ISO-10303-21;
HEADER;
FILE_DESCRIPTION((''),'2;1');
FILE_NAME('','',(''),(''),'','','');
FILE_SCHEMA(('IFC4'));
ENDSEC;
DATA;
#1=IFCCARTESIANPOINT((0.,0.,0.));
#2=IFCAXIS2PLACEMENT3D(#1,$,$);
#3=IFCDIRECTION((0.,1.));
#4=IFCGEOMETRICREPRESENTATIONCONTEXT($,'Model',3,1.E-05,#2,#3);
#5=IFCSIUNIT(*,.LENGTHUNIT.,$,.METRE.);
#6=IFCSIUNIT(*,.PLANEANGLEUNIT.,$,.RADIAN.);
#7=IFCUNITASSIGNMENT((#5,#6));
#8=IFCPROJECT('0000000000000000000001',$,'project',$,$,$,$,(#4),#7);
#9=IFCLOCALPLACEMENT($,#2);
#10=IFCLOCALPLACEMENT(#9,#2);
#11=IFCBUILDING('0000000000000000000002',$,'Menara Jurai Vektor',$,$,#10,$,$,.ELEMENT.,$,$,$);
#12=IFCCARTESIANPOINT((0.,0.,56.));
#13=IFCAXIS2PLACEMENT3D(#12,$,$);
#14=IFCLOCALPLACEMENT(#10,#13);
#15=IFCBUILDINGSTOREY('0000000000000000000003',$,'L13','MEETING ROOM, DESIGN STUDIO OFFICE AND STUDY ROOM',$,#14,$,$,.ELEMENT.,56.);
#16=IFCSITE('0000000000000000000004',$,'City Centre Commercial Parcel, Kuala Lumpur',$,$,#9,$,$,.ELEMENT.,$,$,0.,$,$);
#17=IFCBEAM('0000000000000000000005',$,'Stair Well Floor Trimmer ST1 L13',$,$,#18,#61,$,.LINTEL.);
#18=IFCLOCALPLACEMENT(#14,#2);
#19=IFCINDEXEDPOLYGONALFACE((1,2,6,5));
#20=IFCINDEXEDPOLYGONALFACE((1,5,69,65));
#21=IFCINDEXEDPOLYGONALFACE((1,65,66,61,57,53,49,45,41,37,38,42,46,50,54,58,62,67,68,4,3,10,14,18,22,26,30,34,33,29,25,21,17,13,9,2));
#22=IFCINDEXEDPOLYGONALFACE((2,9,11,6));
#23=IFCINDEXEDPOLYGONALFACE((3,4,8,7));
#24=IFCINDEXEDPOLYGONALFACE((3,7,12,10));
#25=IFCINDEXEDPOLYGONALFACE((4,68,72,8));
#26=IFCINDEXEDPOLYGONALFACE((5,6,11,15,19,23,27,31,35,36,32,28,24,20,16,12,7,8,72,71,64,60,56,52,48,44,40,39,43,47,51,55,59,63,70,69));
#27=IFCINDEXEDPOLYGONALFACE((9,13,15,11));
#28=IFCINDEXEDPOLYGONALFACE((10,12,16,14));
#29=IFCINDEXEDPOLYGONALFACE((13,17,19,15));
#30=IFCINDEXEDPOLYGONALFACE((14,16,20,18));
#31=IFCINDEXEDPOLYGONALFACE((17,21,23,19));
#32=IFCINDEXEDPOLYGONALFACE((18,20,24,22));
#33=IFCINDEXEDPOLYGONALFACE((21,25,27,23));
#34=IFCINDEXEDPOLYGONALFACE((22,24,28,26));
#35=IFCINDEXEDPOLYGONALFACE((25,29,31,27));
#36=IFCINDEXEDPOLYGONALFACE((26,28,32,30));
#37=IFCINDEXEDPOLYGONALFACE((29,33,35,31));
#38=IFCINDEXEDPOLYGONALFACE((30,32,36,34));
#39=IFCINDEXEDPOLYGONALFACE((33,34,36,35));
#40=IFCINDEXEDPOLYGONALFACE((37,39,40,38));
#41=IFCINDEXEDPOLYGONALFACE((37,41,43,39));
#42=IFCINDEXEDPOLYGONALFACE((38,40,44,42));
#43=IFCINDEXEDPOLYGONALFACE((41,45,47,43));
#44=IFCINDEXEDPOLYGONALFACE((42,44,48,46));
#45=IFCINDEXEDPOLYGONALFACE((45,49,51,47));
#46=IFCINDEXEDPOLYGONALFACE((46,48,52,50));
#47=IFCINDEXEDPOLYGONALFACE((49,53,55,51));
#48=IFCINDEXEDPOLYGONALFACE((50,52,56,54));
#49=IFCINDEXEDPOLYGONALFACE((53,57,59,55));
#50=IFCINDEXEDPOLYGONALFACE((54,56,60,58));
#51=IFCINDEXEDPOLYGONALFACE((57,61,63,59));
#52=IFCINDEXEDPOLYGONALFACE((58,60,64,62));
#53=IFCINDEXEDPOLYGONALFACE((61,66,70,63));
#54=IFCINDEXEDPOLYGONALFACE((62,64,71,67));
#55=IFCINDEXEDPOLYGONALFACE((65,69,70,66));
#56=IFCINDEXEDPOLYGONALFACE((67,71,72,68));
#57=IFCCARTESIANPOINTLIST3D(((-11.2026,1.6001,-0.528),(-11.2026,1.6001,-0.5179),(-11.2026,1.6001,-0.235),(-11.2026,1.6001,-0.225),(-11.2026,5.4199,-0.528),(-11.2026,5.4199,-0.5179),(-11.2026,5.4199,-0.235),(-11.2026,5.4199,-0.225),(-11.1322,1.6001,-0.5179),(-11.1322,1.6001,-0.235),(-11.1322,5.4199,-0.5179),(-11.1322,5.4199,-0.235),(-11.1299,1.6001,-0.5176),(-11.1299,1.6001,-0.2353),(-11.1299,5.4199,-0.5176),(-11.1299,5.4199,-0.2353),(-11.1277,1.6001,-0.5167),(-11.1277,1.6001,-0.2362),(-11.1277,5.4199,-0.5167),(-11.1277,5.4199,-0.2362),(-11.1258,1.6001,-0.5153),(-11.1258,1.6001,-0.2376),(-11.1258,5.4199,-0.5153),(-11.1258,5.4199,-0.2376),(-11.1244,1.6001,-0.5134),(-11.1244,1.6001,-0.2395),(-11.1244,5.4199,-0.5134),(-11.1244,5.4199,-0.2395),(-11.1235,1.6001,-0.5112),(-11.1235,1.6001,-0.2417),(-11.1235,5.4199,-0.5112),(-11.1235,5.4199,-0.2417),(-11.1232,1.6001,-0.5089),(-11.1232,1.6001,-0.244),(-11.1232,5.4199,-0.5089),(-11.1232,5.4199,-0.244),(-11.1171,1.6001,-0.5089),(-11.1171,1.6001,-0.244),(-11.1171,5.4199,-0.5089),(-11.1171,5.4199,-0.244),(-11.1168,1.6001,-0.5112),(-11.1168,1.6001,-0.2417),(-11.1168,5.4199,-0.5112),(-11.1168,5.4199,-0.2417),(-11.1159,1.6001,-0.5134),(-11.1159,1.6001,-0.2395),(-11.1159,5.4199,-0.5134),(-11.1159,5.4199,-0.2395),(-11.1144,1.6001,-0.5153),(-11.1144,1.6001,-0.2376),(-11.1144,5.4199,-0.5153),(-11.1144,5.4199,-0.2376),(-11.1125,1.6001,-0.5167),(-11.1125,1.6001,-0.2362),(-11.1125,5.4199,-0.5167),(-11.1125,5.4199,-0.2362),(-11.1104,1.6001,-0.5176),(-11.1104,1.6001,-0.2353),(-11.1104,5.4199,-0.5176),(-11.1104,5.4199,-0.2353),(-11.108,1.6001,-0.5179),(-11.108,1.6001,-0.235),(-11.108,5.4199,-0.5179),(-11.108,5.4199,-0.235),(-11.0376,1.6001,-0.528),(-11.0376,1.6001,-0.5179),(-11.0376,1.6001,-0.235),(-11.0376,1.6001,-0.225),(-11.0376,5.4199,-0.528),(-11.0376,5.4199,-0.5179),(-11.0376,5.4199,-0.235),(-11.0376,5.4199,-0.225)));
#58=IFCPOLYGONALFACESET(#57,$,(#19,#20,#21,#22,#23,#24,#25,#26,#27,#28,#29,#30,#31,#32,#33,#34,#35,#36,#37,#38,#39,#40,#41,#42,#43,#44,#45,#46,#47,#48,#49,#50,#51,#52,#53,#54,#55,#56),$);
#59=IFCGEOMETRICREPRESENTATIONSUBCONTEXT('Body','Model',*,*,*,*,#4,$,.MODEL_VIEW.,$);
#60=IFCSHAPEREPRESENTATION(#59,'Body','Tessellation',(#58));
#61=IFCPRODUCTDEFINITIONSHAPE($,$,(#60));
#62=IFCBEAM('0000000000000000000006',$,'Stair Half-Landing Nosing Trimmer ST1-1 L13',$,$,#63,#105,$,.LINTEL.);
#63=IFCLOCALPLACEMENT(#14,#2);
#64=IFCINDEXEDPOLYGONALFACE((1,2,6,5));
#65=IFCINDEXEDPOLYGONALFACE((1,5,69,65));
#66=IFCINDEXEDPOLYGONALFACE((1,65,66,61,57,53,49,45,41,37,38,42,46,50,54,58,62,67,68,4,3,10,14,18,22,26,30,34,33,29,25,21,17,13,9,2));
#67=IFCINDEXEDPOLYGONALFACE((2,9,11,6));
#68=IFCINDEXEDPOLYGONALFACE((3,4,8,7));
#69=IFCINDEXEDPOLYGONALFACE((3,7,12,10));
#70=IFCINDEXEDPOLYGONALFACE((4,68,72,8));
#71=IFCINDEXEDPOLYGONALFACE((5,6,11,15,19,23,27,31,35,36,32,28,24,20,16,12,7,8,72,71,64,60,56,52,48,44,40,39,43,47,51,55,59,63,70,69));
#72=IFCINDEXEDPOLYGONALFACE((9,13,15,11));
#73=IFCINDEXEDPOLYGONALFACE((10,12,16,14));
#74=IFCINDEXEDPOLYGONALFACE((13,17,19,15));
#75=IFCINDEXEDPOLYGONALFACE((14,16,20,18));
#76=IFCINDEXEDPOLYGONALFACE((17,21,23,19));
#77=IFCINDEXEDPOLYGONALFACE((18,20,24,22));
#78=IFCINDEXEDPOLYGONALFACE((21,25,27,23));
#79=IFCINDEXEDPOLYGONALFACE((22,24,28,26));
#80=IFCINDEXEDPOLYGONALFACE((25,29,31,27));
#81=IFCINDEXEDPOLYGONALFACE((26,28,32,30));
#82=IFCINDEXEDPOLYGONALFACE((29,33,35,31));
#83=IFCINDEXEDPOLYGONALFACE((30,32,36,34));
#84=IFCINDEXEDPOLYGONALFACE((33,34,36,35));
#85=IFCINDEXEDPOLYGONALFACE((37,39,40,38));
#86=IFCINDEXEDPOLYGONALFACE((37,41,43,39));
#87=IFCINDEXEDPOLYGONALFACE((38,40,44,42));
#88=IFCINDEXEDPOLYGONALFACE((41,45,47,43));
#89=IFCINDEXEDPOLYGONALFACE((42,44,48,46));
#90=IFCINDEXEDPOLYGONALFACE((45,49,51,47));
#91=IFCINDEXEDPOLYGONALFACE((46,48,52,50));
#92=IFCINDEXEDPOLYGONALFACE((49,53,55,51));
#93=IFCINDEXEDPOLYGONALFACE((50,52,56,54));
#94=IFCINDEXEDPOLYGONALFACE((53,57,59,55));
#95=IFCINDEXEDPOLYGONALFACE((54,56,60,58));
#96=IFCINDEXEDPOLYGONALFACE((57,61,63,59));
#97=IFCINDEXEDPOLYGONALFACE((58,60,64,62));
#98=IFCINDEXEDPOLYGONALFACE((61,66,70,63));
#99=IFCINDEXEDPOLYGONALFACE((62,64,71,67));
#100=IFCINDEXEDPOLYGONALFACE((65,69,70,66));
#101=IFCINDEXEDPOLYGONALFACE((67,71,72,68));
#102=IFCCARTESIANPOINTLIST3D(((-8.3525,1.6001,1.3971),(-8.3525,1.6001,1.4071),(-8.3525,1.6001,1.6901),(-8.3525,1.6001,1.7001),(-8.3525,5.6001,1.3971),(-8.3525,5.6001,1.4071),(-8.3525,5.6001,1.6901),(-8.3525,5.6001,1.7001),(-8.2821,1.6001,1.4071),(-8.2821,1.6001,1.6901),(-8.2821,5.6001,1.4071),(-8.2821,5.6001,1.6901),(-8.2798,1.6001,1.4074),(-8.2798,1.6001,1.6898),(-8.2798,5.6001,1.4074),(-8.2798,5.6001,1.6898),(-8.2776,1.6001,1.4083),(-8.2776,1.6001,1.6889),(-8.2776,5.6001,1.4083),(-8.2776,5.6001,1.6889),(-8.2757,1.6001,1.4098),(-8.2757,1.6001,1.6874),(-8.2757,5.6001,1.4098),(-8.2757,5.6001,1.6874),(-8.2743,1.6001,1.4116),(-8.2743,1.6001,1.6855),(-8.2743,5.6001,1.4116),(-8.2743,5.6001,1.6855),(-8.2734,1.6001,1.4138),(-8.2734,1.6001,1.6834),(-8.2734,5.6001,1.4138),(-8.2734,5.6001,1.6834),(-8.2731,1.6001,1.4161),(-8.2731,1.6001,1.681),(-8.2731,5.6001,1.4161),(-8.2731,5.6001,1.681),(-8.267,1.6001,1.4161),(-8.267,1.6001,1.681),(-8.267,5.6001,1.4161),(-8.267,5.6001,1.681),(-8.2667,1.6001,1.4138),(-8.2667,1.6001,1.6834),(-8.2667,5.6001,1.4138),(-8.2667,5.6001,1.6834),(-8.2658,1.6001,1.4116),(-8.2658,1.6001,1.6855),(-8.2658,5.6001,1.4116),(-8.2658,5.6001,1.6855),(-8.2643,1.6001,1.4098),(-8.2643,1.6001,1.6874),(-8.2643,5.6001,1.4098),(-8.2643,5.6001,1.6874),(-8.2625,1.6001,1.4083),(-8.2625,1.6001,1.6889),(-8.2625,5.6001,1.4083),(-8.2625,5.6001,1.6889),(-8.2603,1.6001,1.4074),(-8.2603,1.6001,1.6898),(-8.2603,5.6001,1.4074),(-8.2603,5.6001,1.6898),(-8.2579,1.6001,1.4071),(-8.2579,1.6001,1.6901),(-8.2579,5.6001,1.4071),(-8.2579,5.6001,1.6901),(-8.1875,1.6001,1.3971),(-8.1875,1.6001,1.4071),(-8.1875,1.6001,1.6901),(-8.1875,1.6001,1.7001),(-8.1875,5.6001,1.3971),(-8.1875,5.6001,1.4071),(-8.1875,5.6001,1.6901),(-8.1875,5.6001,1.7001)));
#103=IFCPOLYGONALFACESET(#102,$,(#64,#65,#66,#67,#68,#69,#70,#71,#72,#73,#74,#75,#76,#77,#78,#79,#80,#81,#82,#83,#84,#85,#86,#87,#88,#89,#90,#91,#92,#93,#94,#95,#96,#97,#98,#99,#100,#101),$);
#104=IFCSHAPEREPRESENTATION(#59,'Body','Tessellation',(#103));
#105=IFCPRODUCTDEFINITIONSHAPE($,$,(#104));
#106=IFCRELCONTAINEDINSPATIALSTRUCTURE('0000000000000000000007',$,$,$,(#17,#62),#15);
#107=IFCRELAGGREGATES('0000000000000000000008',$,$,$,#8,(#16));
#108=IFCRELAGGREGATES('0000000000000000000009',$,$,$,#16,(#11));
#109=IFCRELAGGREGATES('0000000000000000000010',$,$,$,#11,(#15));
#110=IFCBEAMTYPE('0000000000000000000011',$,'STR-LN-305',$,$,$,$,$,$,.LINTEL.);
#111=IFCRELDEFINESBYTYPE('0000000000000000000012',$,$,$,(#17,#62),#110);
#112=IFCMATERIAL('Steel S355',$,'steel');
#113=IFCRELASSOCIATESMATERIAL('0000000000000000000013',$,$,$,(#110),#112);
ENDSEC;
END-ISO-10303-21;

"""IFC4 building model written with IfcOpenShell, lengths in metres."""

from ifc_helpers import new_model, si_unit, direction, frame, origin, origin_2d, place, context, subcontext, project, spatial, i_section, extrude, material, material_profile, profile_set, type_object, element, save


model = new_model("IFC4")

# Units and contexts
model_context = context("Model", 3, precision=1e-05, world=origin(), true_north=direction((0.0, 1.0)))
body_context = subcontext(model_context, "Body", "Model", "MODEL_VIEW")
ifc_project = project(units=[si_unit("LENGTHUNIT", "METRE"), si_unit("PLANEANGLEUNIT", "RADIAN")], contexts=[model_context])

# Site, building, storey
site_placement = place(None, origin())
site = spatial("IfcSite", under=ifc_project, at=site_placement, Name="City Centre Commercial Parcel, Kuala Lumpur", CompositionType="ELEMENT", RefElevation=0.0)
building_placement = place(site_placement, origin())
building = spatial("IfcBuilding", under=site, at=building_placement, Name="Menara Jurai Vektor", CompositionType="ELEMENT")
storey_placement = place(building_placement, frame((0.0, 0.0, 56.0)))
storey = spatial("IfcBuildingStorey", under=building, at=storey_placement, Name="L13", Description="MEETING ROOM, DESIGN STUDIO OFFICE AND STUDY ROOM", CompositionType="ELEMENT", Elevation=56.0)

# Shared definitions
ifc_material_1 = material(Name="Steel S355", Category="steel")

# Beams
ifc_material_profile_1 = material_profile(ifc_material_1, i_section(OverallWidth=0.165, OverallDepth=0.303, WebThickness=0.0061, FlangeThickness=0.01, FilletRadius=0.009, at=origin_2d()), Name="UKB 305x165x40")
ifc_profile_set_1 = profile_set([ifc_material_profile_1], Name="Steel S355")
beam_type_1 = type_object("IfcBeamType", Name="STR-LN-305", PredefinedType="LINTEL", material=ifc_profile_set_1)
beam_1_placement = place(storey_placement, frame((-11.1201, 1.6001, -0.3765), z_axis=(0.0, 1.0, 0.0), x_axis=(-1.0, 0.0, 0.0)))
element("IfcBeam", 1, at=beam_1_placement, inside=storey, type_object=beam_type_1, Name="Stair Well Floor Trimmer ST1 L13", PredefinedType="LINTEL", context=body_context, shape_type="SweptSolid", body=[
    extrude(i_section(OverallWidth=0.165, OverallDepth=0.303, WebThickness=0.0061, FlangeThickness=0.01, FilletRadius=0.009, at=origin_2d()), origin(), (0.0, 0.0, 1.0), 3.8198),
])
beam_2_placement = place(storey_placement, frame((-8.27, 1.6001, 1.5486), z_axis=(0.0, 1.0, 0.0), x_axis=(-1.0, 0.0, 0.0)))
element("IfcBeam", 2, at=beam_2_placement, inside=storey, type_object=beam_type_1, Name="Stair Half-Landing Nosing Trimmer ST1-1 L13", PredefinedType="LINTEL", context=body_context, shape_type="SweptSolid", body=[
    extrude(i_section(OverallWidth=0.165, OverallDepth=0.303, WebThickness=0.0061, FlangeThickness=0.01, FilletRadius=0.009, at=origin_2d()), origin(), (0.0, 0.0, 1.0), 4.0),
])

save(model, "model.ifc")
